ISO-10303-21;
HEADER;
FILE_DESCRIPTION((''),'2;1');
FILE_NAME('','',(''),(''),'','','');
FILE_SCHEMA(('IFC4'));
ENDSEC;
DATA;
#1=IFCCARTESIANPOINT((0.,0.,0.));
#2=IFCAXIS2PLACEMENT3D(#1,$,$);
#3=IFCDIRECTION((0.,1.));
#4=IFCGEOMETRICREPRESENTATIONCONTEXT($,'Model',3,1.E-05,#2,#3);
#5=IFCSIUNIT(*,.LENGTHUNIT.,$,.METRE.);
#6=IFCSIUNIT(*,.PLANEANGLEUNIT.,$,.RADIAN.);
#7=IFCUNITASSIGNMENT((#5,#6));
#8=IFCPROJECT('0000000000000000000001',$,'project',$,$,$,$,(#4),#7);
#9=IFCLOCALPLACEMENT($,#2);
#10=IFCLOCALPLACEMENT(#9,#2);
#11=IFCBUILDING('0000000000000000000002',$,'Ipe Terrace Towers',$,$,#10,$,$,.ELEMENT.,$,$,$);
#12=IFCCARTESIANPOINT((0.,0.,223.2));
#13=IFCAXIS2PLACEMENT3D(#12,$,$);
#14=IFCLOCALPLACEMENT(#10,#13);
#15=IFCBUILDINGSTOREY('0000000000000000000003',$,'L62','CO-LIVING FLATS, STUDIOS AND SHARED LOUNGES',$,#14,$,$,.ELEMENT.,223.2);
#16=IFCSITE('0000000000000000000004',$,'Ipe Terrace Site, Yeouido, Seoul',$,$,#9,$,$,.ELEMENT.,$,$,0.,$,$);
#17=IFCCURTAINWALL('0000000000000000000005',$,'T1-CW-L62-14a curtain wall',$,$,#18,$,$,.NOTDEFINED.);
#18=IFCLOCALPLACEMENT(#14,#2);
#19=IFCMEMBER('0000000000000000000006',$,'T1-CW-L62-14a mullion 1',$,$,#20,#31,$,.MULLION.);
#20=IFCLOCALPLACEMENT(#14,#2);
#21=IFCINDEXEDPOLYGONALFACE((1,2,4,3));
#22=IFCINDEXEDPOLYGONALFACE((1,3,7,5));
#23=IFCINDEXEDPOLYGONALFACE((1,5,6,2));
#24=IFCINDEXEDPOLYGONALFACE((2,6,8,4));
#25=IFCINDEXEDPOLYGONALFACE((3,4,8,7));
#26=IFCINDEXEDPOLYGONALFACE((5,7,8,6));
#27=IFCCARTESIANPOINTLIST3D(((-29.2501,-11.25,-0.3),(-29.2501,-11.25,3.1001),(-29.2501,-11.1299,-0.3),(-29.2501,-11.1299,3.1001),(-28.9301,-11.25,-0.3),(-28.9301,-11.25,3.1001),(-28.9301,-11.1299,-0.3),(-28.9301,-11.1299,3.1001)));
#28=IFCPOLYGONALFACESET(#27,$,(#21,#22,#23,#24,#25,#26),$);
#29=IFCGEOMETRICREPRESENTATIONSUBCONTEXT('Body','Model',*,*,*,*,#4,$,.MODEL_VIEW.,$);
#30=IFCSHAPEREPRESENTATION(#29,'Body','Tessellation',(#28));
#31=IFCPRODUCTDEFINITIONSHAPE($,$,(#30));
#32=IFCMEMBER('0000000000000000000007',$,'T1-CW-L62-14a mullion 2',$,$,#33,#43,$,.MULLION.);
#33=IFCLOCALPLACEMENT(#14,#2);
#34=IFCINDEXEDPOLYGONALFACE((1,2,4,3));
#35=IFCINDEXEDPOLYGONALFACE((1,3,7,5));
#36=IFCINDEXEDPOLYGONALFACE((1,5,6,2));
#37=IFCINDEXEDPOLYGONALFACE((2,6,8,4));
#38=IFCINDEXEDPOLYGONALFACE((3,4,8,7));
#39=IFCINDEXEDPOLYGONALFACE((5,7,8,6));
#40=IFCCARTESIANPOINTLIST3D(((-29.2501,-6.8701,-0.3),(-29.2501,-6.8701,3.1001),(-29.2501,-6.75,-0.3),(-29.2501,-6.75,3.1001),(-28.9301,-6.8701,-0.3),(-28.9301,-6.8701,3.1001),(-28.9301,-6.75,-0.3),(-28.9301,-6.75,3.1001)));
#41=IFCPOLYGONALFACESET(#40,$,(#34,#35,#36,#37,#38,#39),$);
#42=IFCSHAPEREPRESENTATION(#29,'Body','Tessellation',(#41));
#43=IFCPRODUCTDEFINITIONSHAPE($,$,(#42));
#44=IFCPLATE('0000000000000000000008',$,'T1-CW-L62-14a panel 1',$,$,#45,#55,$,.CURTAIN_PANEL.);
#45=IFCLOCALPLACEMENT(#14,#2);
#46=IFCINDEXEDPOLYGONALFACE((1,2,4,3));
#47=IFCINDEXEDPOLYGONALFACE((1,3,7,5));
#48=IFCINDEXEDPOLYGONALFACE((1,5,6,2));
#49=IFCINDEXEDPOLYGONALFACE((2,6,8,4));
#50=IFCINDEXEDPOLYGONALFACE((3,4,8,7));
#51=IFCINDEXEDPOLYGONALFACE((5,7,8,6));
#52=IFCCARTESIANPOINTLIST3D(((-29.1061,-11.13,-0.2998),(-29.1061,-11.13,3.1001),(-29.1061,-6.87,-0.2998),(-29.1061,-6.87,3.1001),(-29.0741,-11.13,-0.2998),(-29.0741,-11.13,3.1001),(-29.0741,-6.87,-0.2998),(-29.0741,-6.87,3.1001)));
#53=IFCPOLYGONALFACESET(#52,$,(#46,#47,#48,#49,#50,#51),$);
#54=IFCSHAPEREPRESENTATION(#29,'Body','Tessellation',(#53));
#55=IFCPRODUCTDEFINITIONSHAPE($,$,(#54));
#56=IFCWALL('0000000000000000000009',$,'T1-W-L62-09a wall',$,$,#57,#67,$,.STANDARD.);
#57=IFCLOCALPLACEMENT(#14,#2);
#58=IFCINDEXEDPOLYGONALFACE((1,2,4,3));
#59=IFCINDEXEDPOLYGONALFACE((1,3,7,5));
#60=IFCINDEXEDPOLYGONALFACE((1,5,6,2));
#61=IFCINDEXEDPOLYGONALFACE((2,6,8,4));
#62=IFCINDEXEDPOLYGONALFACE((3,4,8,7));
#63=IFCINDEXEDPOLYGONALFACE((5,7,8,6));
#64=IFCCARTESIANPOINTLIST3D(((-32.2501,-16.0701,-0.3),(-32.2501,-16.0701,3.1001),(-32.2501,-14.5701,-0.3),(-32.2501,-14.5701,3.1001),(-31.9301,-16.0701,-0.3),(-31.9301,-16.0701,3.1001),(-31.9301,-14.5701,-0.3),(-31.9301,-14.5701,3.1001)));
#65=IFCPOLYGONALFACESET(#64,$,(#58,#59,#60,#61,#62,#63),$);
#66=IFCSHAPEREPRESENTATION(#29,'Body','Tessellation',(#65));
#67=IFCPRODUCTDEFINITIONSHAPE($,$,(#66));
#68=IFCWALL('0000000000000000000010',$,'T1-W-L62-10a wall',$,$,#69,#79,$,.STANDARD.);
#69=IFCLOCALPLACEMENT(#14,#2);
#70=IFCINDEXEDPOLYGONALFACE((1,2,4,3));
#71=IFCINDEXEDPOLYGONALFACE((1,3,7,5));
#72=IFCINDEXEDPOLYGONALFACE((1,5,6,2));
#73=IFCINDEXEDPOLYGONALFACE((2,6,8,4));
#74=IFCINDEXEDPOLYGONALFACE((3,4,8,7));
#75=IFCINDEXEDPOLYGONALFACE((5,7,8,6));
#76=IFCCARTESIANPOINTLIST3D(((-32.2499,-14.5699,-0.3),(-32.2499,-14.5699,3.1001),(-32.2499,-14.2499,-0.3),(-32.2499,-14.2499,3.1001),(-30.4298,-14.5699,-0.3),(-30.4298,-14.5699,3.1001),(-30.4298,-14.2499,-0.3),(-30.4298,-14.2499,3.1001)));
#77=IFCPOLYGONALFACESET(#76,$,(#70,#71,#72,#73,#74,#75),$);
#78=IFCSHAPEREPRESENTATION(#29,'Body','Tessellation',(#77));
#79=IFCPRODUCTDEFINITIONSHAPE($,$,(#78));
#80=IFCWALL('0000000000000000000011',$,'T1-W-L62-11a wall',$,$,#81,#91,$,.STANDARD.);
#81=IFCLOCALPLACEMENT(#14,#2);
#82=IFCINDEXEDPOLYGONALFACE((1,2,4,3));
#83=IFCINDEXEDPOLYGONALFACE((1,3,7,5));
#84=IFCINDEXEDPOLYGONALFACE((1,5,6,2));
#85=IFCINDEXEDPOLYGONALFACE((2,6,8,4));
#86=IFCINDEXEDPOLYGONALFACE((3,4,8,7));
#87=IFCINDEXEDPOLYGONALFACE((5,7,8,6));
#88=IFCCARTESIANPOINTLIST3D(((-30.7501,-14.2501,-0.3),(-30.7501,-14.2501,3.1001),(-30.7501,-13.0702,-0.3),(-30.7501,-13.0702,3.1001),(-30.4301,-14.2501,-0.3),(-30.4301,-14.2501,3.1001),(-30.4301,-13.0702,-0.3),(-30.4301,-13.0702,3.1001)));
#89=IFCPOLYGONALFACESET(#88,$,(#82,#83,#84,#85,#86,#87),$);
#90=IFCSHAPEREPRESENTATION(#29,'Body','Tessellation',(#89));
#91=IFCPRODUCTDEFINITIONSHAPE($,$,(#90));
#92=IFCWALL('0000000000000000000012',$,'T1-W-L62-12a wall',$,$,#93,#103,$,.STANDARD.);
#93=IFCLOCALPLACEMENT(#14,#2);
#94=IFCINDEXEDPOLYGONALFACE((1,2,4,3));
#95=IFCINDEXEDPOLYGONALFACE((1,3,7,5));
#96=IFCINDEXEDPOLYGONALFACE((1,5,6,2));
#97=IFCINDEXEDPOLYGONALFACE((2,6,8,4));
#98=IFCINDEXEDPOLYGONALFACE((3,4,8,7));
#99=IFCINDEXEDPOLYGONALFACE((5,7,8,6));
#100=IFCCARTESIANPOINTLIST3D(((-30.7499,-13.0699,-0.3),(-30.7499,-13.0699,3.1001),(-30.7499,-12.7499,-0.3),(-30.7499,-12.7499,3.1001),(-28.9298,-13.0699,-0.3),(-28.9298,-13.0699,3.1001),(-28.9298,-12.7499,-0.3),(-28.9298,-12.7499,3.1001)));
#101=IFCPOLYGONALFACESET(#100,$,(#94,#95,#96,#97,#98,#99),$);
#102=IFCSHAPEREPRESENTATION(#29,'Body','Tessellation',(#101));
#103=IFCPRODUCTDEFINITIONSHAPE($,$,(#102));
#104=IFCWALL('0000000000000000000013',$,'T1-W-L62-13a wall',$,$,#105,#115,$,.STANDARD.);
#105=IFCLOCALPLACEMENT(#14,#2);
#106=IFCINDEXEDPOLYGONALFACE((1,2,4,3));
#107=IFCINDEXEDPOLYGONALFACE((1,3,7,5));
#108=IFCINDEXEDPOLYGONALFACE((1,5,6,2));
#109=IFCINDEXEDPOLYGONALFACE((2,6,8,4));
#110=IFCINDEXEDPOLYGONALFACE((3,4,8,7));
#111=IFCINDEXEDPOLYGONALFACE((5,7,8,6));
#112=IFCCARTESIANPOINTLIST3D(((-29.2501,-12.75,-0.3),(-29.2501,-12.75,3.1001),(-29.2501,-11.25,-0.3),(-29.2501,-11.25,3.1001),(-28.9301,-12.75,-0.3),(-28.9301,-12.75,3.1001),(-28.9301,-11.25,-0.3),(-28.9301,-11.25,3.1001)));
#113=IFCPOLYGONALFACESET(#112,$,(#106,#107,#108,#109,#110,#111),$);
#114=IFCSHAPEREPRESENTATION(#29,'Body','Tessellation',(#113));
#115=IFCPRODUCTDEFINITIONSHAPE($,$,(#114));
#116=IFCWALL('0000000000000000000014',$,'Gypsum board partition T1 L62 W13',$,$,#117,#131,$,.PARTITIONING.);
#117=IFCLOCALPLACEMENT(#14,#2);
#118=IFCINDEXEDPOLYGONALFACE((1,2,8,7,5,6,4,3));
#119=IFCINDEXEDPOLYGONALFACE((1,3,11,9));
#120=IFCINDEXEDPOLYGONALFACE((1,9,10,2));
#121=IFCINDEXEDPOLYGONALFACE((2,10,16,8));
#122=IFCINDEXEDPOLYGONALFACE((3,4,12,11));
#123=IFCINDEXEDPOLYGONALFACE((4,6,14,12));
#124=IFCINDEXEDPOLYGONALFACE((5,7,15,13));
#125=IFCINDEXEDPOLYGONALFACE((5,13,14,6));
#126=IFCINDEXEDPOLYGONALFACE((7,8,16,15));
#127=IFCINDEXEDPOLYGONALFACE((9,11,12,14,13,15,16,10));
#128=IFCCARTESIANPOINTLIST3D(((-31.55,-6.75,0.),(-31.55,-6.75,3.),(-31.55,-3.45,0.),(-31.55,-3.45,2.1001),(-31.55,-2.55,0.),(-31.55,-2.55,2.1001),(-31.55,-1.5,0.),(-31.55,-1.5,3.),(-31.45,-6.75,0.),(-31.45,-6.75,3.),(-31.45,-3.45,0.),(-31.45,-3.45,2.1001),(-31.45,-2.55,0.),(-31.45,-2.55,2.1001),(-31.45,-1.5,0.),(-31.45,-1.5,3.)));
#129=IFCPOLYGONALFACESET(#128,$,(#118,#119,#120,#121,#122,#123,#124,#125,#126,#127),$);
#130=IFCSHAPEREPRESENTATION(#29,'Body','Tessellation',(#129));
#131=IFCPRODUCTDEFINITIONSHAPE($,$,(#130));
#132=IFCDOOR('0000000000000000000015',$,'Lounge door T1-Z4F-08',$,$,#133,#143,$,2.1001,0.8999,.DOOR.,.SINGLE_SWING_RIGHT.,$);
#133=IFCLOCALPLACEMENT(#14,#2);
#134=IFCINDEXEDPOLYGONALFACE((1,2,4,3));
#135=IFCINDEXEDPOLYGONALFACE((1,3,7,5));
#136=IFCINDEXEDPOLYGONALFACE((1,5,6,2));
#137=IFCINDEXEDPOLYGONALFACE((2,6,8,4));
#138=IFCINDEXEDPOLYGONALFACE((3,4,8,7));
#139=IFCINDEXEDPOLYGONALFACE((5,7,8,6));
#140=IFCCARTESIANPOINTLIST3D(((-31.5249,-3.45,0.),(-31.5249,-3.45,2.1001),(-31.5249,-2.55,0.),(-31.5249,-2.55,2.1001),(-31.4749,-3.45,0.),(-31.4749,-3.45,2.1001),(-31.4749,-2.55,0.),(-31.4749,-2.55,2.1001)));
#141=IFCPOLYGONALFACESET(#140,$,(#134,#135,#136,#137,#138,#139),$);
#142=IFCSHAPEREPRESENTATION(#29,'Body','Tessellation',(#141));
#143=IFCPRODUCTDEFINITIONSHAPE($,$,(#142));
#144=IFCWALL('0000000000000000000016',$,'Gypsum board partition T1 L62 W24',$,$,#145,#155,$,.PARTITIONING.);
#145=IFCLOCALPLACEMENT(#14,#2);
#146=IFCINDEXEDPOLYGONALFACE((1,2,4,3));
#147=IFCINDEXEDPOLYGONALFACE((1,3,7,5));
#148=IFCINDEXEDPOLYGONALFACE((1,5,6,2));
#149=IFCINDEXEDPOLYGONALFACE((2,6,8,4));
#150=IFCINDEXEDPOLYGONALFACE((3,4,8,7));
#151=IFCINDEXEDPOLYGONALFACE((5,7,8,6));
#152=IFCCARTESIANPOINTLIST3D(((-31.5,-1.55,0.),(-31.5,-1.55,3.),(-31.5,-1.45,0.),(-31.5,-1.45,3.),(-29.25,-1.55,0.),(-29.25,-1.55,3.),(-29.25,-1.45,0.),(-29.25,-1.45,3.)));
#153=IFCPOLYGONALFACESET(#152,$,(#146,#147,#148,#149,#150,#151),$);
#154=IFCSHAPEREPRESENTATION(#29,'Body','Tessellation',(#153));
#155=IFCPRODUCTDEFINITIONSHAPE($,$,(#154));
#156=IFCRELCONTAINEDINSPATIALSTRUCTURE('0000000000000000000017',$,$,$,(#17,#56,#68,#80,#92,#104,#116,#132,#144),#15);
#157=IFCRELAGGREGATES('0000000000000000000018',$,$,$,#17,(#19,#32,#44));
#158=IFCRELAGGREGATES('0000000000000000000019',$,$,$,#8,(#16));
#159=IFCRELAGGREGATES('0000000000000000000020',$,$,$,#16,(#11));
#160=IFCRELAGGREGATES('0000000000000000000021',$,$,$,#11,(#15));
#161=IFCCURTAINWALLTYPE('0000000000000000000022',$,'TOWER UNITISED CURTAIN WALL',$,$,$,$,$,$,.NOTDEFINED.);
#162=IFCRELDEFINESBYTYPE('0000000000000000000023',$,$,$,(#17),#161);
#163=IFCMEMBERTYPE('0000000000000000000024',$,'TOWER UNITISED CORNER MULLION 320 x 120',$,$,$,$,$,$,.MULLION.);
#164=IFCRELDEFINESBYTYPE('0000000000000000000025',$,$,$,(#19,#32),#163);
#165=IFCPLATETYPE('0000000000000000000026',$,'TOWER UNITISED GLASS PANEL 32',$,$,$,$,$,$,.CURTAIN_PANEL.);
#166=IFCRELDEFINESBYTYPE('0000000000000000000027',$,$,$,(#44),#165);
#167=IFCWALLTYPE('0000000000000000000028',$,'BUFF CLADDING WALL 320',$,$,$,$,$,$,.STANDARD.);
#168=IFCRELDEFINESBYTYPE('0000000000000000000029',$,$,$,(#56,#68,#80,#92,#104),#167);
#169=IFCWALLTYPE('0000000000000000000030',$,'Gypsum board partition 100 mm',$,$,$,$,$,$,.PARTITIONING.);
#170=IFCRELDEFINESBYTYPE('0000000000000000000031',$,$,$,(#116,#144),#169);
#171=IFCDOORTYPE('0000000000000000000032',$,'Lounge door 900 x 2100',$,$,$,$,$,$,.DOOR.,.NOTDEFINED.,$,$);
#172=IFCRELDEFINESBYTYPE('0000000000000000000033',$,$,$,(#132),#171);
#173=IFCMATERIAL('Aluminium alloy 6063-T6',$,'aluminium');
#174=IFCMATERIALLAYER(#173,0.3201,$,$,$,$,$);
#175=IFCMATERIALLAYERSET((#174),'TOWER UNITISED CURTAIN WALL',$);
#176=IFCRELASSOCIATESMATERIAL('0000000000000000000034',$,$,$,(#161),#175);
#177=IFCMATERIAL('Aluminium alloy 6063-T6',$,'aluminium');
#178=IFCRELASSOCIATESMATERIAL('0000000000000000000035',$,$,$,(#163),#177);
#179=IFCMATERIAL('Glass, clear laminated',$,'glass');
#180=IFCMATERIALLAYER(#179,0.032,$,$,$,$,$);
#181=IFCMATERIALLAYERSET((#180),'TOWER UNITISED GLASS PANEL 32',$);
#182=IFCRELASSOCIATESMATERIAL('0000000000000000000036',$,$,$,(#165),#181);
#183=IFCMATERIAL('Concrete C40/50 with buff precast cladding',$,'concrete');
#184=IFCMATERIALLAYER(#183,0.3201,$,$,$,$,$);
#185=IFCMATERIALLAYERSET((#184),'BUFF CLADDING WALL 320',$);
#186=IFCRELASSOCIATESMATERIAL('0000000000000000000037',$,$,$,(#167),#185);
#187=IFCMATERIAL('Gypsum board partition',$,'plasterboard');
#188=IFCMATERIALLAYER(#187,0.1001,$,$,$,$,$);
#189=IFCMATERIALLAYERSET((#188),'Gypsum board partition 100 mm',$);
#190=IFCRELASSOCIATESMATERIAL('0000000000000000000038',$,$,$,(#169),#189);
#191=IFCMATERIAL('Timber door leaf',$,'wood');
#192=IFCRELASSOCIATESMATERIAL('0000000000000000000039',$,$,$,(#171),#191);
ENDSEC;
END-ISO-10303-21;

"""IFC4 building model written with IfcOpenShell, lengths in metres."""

from ifc_helpers import new_model, si_unit, direction, frame, frame_2d, origin, origin_2d, place, context, subcontext, project, spatial, rectangle, extrude, material, layer, layer_set, material_profile, profile_set, type_object, element, fill, aggregate, save


model = new_model("IFC4")

# Units and contexts
model_context = context("Model", 3, precision=1e-05, world=origin(), true_north=direction((0.0, 1.0)))
body_context = subcontext(model_context, "Body", "Model", "MODEL_VIEW")
ifc_project = project(units=[si_unit("LENGTHUNIT", "METRE"), si_unit("PLANEANGLEUNIT", "RADIAN")], contexts=[model_context])

# Site, building, storey
site_placement = place(None, origin())
site = spatial("IfcSite", under=ifc_project, at=site_placement, Name="Ipe Terrace Site, Yeouido, Seoul", CompositionType="ELEMENT", RefElevation=0.0)
building_placement = place(site_placement, origin())
building = spatial("IfcBuilding", under=site, at=building_placement, Name="Ipe Terrace Towers", CompositionType="ELEMENT")
storey_placement = place(building_placement, frame((0.0, 0.0, 223.2)))
storey = spatial("IfcBuildingStorey", under=building, at=storey_placement, Name="L62", Description="CO-LIVING FLATS, STUDIOS AND SHARED LOUNGES", CompositionType="ELEMENT", Elevation=223.2)

# Shared definitions
ifc_material_1 = material(Name="Aluminium alloy 6063-T6", Category="aluminium")
ifc_layer_1 = layer(ifc_material_1, 0.3201)
ifc_layer_set_1 = layer_set([ifc_layer_1], Name="TOWER UNITISED CURTAIN WALL")
curtain_wall_type = type_object("IfcCurtainWallType", Name="TOWER UNITISED CURTAIN WALL", PredefinedType="NOTDEFINED", material=ifc_layer_set_1)
ifc_material_2 = material(Name="Aluminium alloy 6063-T6", Category="aluminium")
ifc_material_profile_1 = material_profile(ifc_material_2, rectangle(XDim=0.3201, YDim=0.1201, at=origin_2d()), Name="TOWER UNITISED CORNER MULLION 320 x 120")
ifc_profile_set_1 = profile_set([ifc_material_profile_1], Name="Aluminium alloy 6063-T6")
member_type = type_object("IfcMemberType", Name="TOWER UNITISED CORNER MULLION 320 x 120", PredefinedType="MULLION", material=ifc_profile_set_1)

# Curtain wall, members, plate
curtain_wall_1_placement = place(storey_placement, origin())
curtain_wall_1 = element("IfcCurtainWall", 1, at=curtain_wall_1_placement, inside=storey, type_object=curtain_wall_type, Name="T1-CW-L62-14a curtain wall", PredefinedType="NOTDEFINED")
member_1_placement = place(storey_placement, frame((-29.0901, -11.1899, -0.3), z_axis=(0.0, 0.0, 1.0), x_axis=(1.0, 0.0, 0.0)))
member_1 = element("IfcMember", 2, at=member_1_placement, type_object=member_type, Name="T1-CW-L62-14a mullion 1", PredefinedType="MULLION", context=body_context, shape_type="SweptSolid", body=[
    extrude(rectangle(XDim=0.3201, YDim=0.1201, at=origin_2d()), origin(), (0.0, 0.0, 1.0), 3.4001),
])
member_2_placement = place(storey_placement, frame((-29.0901, -6.8101, -0.3), z_axis=(0.0, 0.0, 1.0), x_axis=(1.0, 0.0, 0.0)))
member_2 = element("IfcMember", 3, at=member_2_placement, type_object=member_type, Name="T1-CW-L62-14a mullion 2", PredefinedType="MULLION", context=body_context, shape_type="SweptSolid", body=[
    extrude(rectangle(XDim=0.3201, YDim=0.1201, at=origin_2d()), origin(), (0.0, 0.0, 1.0), 3.4001),
])
ifc_material_3 = material(Name="Glass, clear laminated", Category="glass")
ifc_layer_2 = layer(ifc_material_3, 0.032)
ifc_layer_set_2 = layer_set([ifc_layer_2], Name="TOWER UNITISED GLASS PANEL 32")
plate_type = type_object("IfcPlateType", Name="TOWER UNITISED GLASS PANEL 32", PredefinedType="CURTAIN_PANEL", material=ifc_layer_set_2)
plate_placement = place(storey_placement, frame((-29.0901, -9.0, -0.2998), z_axis=(0.0, 0.0, 1.0), x_axis=(0.0, 1.0, 0.0)))
plate = element("IfcPlate", 4, at=plate_placement, type_object=plate_type, Name="T1-CW-L62-14a panel 1", PredefinedType="CURTAIN_PANEL", context=body_context, shape_type="SweptSolid", body=[
    extrude(rectangle(XDim=4.26, YDim=0.032, at=origin_2d()), origin(), (0.0, 0.0, 1.0), 3.3999),
])
aggregate(curtain_wall_1, [member_1, member_2, plate])

# Walls
ifc_material_4 = material(Name="Concrete C40/50 with buff precast cladding", Category="concrete")
ifc_layer_3 = layer(ifc_material_4, 0.3201)
ifc_layer_set_3 = layer_set([ifc_layer_3], Name="BUFF CLADDING WALL 320")
wall_type_1 = type_object("IfcWallType", Name="BUFF CLADDING WALL 320", PredefinedType="STANDARD", material=ifc_layer_set_3)
wall_1_placement = place(storey_placement, frame((-32.0901, -16.0701, -0.3), z_axis=(0.0, 0.0, 1.0), x_axis=(0.0, 1.0, 0.0)))
element("IfcWall", 5, at=wall_1_placement, inside=storey, type_object=wall_type_1, Name="T1-W-L62-09a wall", PredefinedType="STANDARD", context=body_context, shape_type="SweptSolid", body=[
    extrude(rectangle(XDim=1.5, YDim=0.3201, at=frame_2d((0.75, 0.0))), origin(), (0.0, 0.0, 1.0), 3.4001),
])
wall_2_placement = place(storey_placement, frame((-32.25, -14.4099, -0.3), z_axis=(0.0, 0.0, 1.0), x_axis=(1.0, 0.0, 0.0)))
element("IfcWall", 6, at=wall_2_placement, inside=storey, type_object=wall_type_1, Name="T1-W-L62-10a wall", PredefinedType="STANDARD", context=body_context, shape_type="SweptSolid", body=[
    extrude(rectangle(XDim=1.8201, YDim=0.3201, at=frame_2d((0.9102, 0.0))), origin(), (0.0, 0.0, 1.0), 3.4001),
])
wall_3_placement = place(storey_placement, frame((-30.5901, -14.25, -0.3), z_axis=(0.0, 0.0, 1.0), x_axis=(0.0, 1.0, 0.0)))
element("IfcWall", 7, at=wall_3_placement, inside=storey, type_object=wall_type_1, Name="T1-W-L62-11a wall", PredefinedType="STANDARD", context=body_context, shape_type="SweptSolid", body=[
    extrude(rectangle(XDim=1.1799, YDim=0.3201, at=frame_2d((0.5898, 0.0))), origin(), (0.0, 0.0, 1.0), 3.4001),
])
wall_4_placement = place(storey_placement, frame((-30.75, -12.9099, -0.3), z_axis=(0.0, 0.0, 1.0), x_axis=(1.0, 0.0, 0.0)))
element("IfcWall", 8, at=wall_4_placement, inside=storey, type_object=wall_type_1, Name="T1-W-L62-12a wall", PredefinedType="STANDARD", context=body_context, shape_type="SweptSolid", body=[
    extrude(rectangle(XDim=1.8201, YDim=0.3201, at=frame_2d((0.9102, 0.0))), origin(), (0.0, 0.0, 1.0), 3.4001),
])
wall_5_placement = place(storey_placement, frame((-29.0901, -12.75, -0.3), z_axis=(0.0, 0.0, 1.0), x_axis=(0.0, 1.0, 0.0)))
element("IfcWall", 9, at=wall_5_placement, inside=storey, type_object=wall_type_1, Name="T1-W-L62-13a wall", PredefinedType="STANDARD", context=body_context, shape_type="SweptSolid", body=[
    extrude(rectangle(XDim=1.5, YDim=0.3201, at=frame_2d((0.75, 0.0))), origin(), (0.0, 0.0, 1.0), 3.4001),
])

# Wall, opening, door
ifc_material_5 = material(Name="Gypsum board partition", Category="plasterboard")
ifc_layer_4 = layer(ifc_material_5, 0.1001)
ifc_layer_set_4 = layer_set([ifc_layer_4], Name="Gypsum board partition 100 mm")
wall_type_2 = type_object("IfcWallType", Name="Gypsum board partition 100 mm", PredefinedType="PARTITIONING", material=ifc_layer_set_4)
wall_6_placement = place(storey_placement, frame((-31.5, -6.75, 0.0), z_axis=(0.0, 0.0, 1.0), x_axis=(0.0, 1.0, 0.0)))
wall_6 = element("IfcWall", 10, at=wall_6_placement, inside=storey, type_object=wall_type_2, Name="Gypsum board partition T1 L62 W13", PredefinedType="PARTITIONING", context=body_context, shape_type="SweptSolid", body=[
    extrude(rectangle(XDim=5.25, YDim=0.1001, at=frame_2d((2.625, 0.0))), origin(), (0.0, 0.0, 1.0), 3.0),
])
opening_1_placement = place(wall_6_placement, frame((3.3, 0.0, 0.0)))
opening_1 = element("IfcOpeningElement", 11, at=opening_1_placement, cuts=wall_6, PredefinedType="OPENING", context=body_context, shape_type="SweptSolid", body=[
    extrude(rectangle(XDim=0.8999, YDim=2.1001, at=frame_2d((0.45, 1.05))), frame((0.0, 0.0601, 0.0), z_axis=(0.0, -1.0, 0.0), x_axis=(1.0, 0.0, 0.0)), (0.0, 0.0, 1.0), 0.1201),
])
ifc_material_6 = material(Name="Timber door leaf", Category="wood")
door_type_1 = type_object("IfcDoorType", Name="Lounge door 900 x 2100", OperationType="NOTDEFINED", PredefinedType="DOOR", material=ifc_material_6)
door_1_placement = place(opening_1_placement, origin())
door_1 = element("IfcDoor", 12, at=door_1_placement, inside=storey, type_object=door_type_1, Name="Lounge door T1-Z4F-08", OperationType="SINGLE_SWING_RIGHT", OverallHeight=2.1001, OverallWidth=0.8999, PredefinedType="DOOR", context=body_context, shape_type="SweptSolid", body=[
    extrude(rectangle(XDim=0.8999, YDim=2.1001, at=frame_2d((0.45, 1.05))), frame((0.0, 0.0249, 0.0), z_axis=(0.0, -1.0, 0.0), x_axis=(1.0, 0.0, 0.0)), (0.0, 0.0, 1.0), 0.05),
])
fill(opening_1, door_1)

# Wall
wall_7_placement = place(storey_placement, frame((-31.5, -1.5, 0.0), z_axis=(0.0, 0.0, 1.0), x_axis=(1.0, 0.0, 0.0)))
element("IfcWall", 13, at=wall_7_placement, inside=storey, type_object=wall_type_2, Name="Gypsum board partition T1 L62 W24", PredefinedType="PARTITIONING", context=body_context, shape_type="SweptSolid", body=[
    extrude(rectangle(XDim=2.25, YDim=0.1001, at=frame_2d((1.125, 0.0))), origin(), (0.0, 0.0, 1.0), 3.0),
])

save(model, "model.ifc")
